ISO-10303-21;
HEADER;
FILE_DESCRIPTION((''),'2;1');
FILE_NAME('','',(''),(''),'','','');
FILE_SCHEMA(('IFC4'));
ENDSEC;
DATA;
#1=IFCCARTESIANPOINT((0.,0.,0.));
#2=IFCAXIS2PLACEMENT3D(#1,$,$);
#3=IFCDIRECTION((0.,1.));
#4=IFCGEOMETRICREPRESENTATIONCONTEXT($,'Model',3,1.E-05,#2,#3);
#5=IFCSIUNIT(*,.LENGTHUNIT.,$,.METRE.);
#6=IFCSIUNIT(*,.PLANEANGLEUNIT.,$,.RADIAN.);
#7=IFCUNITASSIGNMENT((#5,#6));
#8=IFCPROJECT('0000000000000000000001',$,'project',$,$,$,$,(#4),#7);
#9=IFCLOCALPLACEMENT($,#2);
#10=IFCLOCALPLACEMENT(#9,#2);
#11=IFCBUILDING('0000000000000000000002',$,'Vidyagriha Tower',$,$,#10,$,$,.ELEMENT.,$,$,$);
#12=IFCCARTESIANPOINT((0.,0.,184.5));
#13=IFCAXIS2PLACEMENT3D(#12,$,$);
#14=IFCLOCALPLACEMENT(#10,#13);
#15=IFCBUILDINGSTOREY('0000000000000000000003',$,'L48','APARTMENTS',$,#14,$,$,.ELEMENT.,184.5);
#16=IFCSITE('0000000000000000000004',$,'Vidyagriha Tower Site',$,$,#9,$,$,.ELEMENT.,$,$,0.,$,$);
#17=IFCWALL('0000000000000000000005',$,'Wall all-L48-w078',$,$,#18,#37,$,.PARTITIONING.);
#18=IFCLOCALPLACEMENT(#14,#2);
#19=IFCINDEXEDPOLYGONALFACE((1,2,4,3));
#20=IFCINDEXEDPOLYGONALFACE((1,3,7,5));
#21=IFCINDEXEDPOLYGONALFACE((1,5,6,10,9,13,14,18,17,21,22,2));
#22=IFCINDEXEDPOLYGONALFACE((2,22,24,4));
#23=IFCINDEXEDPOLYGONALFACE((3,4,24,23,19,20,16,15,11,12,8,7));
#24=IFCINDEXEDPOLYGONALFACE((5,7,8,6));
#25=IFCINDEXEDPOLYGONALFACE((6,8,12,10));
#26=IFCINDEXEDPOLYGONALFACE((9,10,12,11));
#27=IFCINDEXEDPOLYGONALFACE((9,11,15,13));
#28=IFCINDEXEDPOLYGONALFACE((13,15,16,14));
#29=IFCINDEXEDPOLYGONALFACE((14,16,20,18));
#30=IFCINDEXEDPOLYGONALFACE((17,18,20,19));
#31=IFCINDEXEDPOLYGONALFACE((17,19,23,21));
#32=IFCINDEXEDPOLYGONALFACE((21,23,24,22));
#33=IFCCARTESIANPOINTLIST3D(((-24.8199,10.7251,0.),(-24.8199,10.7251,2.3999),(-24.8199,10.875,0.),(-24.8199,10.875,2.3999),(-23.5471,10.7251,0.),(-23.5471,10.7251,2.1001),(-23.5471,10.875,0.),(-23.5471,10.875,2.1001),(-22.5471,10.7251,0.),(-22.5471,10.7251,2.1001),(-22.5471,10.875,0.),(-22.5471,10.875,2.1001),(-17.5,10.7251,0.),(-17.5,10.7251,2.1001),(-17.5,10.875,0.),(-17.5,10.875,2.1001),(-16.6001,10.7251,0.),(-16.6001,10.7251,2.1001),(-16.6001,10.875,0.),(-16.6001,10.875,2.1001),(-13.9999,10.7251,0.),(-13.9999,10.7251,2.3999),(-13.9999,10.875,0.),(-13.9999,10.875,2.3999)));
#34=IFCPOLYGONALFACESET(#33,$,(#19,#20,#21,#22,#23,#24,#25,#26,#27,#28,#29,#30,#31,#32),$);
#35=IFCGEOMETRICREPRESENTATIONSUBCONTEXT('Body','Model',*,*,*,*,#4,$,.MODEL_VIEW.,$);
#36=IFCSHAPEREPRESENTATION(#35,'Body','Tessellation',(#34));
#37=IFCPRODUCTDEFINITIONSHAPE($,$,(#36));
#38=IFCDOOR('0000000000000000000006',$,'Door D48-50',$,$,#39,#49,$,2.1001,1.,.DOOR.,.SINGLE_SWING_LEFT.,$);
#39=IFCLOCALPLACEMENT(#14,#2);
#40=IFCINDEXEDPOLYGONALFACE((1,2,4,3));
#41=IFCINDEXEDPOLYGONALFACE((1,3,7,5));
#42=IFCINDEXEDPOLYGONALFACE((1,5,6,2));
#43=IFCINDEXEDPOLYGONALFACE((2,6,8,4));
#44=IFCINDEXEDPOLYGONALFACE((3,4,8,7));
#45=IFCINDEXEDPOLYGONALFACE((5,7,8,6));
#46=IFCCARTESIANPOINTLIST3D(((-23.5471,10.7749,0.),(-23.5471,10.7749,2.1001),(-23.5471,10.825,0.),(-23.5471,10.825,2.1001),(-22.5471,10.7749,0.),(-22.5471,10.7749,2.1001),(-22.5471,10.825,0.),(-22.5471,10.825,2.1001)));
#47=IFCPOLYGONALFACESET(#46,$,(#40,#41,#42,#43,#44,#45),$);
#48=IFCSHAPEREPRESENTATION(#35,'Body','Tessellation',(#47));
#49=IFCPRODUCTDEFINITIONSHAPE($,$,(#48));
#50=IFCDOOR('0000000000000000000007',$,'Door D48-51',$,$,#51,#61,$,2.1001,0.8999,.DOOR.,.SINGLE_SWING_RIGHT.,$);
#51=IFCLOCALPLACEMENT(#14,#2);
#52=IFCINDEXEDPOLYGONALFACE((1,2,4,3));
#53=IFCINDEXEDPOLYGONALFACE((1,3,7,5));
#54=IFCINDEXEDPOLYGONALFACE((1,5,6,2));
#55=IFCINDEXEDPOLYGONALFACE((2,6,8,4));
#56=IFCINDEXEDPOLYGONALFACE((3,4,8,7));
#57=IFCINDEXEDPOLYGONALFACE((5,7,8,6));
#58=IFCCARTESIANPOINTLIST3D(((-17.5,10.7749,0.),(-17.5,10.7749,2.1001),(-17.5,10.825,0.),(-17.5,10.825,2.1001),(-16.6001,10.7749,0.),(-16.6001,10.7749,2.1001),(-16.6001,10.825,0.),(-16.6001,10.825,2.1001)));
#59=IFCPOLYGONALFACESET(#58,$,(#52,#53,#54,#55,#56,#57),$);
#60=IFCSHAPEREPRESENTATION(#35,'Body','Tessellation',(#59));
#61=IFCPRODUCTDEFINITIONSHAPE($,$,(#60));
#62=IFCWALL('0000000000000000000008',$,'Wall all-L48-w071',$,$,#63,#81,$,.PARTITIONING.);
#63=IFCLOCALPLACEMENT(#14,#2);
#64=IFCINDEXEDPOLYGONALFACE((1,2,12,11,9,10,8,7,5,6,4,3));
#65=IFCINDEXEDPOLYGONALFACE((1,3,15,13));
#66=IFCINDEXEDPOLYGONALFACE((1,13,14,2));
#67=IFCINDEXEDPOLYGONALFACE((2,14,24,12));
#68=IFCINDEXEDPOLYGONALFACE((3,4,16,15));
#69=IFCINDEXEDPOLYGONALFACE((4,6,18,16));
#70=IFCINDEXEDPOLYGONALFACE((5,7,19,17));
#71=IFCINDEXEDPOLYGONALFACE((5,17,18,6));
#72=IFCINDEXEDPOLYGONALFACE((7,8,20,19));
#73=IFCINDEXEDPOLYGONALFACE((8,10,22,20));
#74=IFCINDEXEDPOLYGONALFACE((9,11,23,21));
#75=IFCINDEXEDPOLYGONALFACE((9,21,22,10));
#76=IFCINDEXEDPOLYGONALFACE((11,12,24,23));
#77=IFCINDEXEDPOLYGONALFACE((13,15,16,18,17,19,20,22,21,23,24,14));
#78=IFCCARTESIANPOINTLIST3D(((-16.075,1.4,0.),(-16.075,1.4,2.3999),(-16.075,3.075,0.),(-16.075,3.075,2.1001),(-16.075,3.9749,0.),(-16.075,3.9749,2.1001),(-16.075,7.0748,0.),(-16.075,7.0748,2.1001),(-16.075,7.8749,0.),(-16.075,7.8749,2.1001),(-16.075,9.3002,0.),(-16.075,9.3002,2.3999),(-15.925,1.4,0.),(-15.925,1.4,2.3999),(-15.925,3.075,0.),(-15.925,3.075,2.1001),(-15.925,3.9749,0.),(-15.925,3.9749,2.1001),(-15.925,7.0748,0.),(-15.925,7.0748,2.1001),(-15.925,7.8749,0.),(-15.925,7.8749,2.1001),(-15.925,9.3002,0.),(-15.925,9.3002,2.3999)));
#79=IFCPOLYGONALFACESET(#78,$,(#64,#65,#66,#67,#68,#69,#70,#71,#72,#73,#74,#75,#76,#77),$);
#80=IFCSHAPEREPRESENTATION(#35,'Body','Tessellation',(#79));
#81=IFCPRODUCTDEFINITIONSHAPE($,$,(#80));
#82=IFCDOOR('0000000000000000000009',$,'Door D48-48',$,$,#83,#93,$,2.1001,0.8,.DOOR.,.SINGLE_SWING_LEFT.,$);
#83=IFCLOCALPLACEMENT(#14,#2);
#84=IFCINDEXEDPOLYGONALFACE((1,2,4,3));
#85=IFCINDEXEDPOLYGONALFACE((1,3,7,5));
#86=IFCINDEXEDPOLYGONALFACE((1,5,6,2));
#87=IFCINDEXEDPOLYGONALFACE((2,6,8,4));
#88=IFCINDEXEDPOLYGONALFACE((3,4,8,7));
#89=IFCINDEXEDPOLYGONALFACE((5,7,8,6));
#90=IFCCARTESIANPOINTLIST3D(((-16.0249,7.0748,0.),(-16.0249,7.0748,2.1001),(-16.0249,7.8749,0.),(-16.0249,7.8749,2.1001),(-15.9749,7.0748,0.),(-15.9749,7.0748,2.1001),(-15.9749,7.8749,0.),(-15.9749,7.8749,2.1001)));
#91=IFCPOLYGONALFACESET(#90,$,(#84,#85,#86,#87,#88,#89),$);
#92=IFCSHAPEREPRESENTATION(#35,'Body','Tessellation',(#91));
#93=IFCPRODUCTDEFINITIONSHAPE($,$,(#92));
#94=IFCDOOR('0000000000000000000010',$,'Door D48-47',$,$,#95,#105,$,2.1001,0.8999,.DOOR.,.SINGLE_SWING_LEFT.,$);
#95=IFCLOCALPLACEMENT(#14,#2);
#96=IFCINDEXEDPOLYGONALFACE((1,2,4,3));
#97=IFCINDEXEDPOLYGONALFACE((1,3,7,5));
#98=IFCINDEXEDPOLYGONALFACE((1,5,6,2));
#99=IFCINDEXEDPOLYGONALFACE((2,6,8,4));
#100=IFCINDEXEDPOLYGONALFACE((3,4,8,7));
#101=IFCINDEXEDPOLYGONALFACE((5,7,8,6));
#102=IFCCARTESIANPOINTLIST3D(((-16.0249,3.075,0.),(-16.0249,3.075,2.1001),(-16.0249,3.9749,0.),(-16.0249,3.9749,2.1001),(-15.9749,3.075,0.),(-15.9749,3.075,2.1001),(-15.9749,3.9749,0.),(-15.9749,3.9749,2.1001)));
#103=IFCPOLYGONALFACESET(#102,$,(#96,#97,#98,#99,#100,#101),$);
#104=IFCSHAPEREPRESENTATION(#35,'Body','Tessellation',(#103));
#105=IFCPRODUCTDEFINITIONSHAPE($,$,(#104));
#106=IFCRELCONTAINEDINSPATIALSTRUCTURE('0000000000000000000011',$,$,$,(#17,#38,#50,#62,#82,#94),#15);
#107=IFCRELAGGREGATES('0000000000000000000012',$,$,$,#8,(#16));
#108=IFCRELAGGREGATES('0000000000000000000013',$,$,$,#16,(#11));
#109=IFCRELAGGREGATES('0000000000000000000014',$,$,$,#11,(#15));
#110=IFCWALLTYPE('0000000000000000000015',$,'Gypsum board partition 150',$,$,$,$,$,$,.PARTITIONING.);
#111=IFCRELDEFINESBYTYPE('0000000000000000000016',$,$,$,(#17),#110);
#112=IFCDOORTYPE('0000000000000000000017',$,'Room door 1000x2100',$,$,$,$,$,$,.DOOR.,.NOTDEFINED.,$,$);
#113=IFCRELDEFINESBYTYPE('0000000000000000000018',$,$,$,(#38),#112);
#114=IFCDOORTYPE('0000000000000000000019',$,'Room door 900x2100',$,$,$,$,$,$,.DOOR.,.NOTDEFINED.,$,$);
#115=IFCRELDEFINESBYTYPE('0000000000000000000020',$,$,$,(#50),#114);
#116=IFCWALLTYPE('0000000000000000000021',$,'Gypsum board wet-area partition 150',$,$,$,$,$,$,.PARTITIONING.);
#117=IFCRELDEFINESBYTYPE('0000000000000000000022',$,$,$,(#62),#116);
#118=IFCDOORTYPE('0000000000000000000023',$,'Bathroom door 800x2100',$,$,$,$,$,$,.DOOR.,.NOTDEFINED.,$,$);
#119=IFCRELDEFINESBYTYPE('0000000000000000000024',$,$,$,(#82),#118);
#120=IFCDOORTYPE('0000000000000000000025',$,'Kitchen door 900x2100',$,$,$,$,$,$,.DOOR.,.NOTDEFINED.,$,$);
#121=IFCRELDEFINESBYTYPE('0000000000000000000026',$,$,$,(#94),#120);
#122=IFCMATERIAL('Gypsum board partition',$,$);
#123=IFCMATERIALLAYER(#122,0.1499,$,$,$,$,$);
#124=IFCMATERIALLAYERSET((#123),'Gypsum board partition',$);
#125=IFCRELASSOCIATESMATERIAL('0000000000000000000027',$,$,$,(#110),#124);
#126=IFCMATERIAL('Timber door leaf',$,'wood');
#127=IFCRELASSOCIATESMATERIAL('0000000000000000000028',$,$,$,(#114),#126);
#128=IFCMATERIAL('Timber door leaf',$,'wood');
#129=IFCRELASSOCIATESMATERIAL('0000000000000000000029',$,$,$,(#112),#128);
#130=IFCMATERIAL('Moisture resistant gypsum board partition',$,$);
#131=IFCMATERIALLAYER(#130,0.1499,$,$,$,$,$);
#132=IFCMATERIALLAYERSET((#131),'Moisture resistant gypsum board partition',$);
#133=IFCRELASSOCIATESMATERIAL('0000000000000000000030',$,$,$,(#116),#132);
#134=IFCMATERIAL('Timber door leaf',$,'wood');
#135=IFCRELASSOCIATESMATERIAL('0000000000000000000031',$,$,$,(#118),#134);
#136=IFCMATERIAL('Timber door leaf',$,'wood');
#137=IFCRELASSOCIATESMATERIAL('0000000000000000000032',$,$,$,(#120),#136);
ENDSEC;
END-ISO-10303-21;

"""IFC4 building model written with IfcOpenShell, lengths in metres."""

from ifc_helpers import new_model, si_unit, direction, frame, frame_2d, origin, place, context, subcontext, project, spatial, rectangle, extrude, material, layer, layer_set, type_object, element, fill, save


model = new_model("IFC4")

# Units and contexts
model_context = context("Model", 3, precision=1e-05, world=origin(), true_north=direction((0.0, 1.0)))
body_context = subcontext(model_context, "Body", "Model", "MODEL_VIEW")
ifc_project = project(units=[si_unit("LENGTHUNIT", "METRE"), si_unit("PLANEANGLEUNIT", "RADIAN")], contexts=[model_context])

# Site, building, storey
site_placement = place(None, origin())
site = spatial("IfcSite", under=ifc_project, at=site_placement, Name="Vidyagriha Tower Site", CompositionType="ELEMENT", RefElevation=0.0)
building_placement = place(site_placement, origin())
building = spatial("IfcBuilding", under=site, at=building_placement, Name="Vidyagriha Tower", CompositionType="ELEMENT")
storey_placement = place(building_placement, frame((0.0, 0.0, 184.5)))
storey = spatial("IfcBuildingStorey", under=building, at=storey_placement, Name="L48", Description="APARTMENTS", CompositionType="ELEMENT", Elevation=184.5)

# Shared definitions
ifc_material_1 = material(Name="Gypsum board partition")
ifc_layer_1 = layer(ifc_material_1, 0.1499)
ifc_layer_set_1 = layer_set([ifc_layer_1], Name="Gypsum board partition")
wall_type_1 = type_object("IfcWallType", Name="Gypsum board partition 150", PredefinedType="PARTITIONING", material=ifc_layer_set_1)

# Shared definitions
ifc_material_2 = material(Name="Timber door leaf", Category="wood")
door_type_1 = type_object("IfcDoorType", Name="Room door 900x2100", OperationType="NOTDEFINED", PredefinedType="DOOR", material=ifc_material_2)

# Walls, openings, doors
wall_1_placement = place(storey_placement, frame((-24.8201, 10.8, 0.0)))
wall_1 = element("IfcWall", 1, at=wall_1_placement, inside=storey, type_object=wall_type_1, Name="Wall all-L48-w078", PredefinedType="PARTITIONING", context=body_context, shape_type="SweptSolid", body=[
    extrude(rectangle(XDim=10.8201, YDim=0.1499, at=frame_2d((5.4102, 0.0))), origin(), (0.0, 0.0, 1.0), 2.3999),
])
opening_1_placement = place(wall_1_placement, frame((1.2729, 0.0, 0.0)))
opening_1 = element("IfcOpeningElement", 2, at=opening_1_placement, cuts=wall_1, PredefinedType="OPENING", context=body_context, shape_type="SweptSolid", body=[
    extrude(rectangle(XDim=1.0, YDim=2.1001, at=frame_2d((0.5, 1.05))), frame((0.0, 0.085, 0.0), z_axis=(0.0, -1.0, 0.0), x_axis=(1.0, 0.0, 0.0)), (0.0, 0.0, 1.0), 0.1699),
])
opening_2_placement = place(wall_1_placement, frame((7.3201, 0.0, 0.0)))
opening_2 = element("IfcOpeningElement", 3, at=opening_2_placement, cuts=wall_1, PredefinedType="OPENING", context=body_context, shape_type="SweptSolid", body=[
    extrude(rectangle(XDim=0.8999, YDim=2.1001, at=frame_2d((0.45, 1.05))), frame((0.0, 0.085, 0.0), z_axis=(0.0, -1.0, 0.0), x_axis=(1.0, 0.0, 0.0)), (0.0, 0.0, 1.0), 0.1699),
])
ifc_material_3 = material(Name="Timber door leaf", Category="wood")
door_type_2 = type_object("IfcDoorType", Name="Room door 1000x2100", OperationType="NOTDEFINED", PredefinedType="DOOR", material=ifc_material_3)
door_1_placement = place(opening_1_placement, origin())
door_1 = element("IfcDoor", 4, at=door_1_placement, inside=storey, type_object=door_type_2, Name="Door D48-50", OperationType="SINGLE_SWING_LEFT", OverallHeight=2.1001, OverallWidth=1.0, PredefinedType="DOOR", context=body_context, shape_type="SweptSolid", body=[
    extrude(rectangle(XDim=1.0, YDim=2.1001, at=frame_2d((0.5, 1.05))), frame((0.0, 0.0249, 0.0), z_axis=(0.0, -1.0, 0.0), x_axis=(1.0, 0.0, 0.0)), (0.0, 0.0, 1.0), 0.05),
])
fill(opening_1, door_1)
door_2_placement = place(opening_2_placement, origin())
door_2 = element("IfcDoor", 5, at=door_2_placement, inside=storey, type_object=door_type_1, Name="Door D48-51", OperationType="SINGLE_SWING_RIGHT", OverallHeight=2.1001, OverallWidth=0.8999, PredefinedType="DOOR", context=body_context, shape_type="SweptSolid", body=[
    extrude(rectangle(XDim=0.8999, YDim=2.1001, at=frame_2d((0.45, 1.05))), frame((0.0, 0.0249, 0.0), z_axis=(0.0, -1.0, 0.0), x_axis=(1.0, 0.0, 0.0)), (0.0, 0.0, 1.0), 0.05),
])
fill(opening_2, door_2)
ifc_material_4 = material(Name="Moisture resistant gypsum board partition")
ifc_layer_2 = layer(ifc_material_4, 0.1499)
ifc_layer_set_2 = layer_set([ifc_layer_2], Name="Moisture resistant gypsum board partition")
wall_type_2 = type_object("IfcWallType", Name="Gypsum board wet-area partition 150", PredefinedType="PARTITIONING", material=ifc_layer_set_2)
wall_2_placement = place(storey_placement, frame((-16.0, 1.3999, 0.0), z_axis=(0.0, 0.0, 1.0), x_axis=(0.0, 1.0, 0.0)))
wall_2 = element("IfcWall", 6, at=wall_2_placement, inside=storey, type_object=wall_type_2, Name="Wall all-L48-w071", PredefinedType="PARTITIONING", context=body_context, shape_type="SweptSolid", body=[
    extrude(rectangle(XDim=7.9001, YDim=0.1499, at=frame_2d((3.9502, 0.0))), origin(), (0.0, 0.0, 1.0), 2.3999),
])
opening_3_placement = place(wall_2_placement, frame((1.675, 0.0, 0.0)))
opening_3 = element("IfcOpeningElement", 7, at=opening_3_placement, cuts=wall_2, PredefinedType="OPENING", context=body_context, shape_type="SweptSolid", body=[
    extrude(rectangle(XDim=0.8999, YDim=2.1001, at=frame_2d((0.45, 1.05))), frame((0.0, 0.085, 0.0), z_axis=(0.0, -1.0, 0.0), x_axis=(1.0, 0.0, 0.0)), (0.0, 0.0, 1.0), 0.1699),
])
opening_4_placement = place(wall_2_placement, frame((5.675, 0.0, 0.0)))
opening_4 = element("IfcOpeningElement", 8, at=opening_4_placement, cuts=wall_2, PredefinedType="OPENING", context=body_context, shape_type="SweptSolid", body=[
    extrude(rectangle(XDim=0.8, YDim=2.1001, at=frame_2d((0.3999, 1.05))), frame((0.0, 0.085, 0.0), z_axis=(0.0, -1.0, 0.0), x_axis=(1.0, 0.0, 0.0)), (0.0, 0.0, 1.0), 0.1699),
])
ifc_material_5 = material(Name="Timber door leaf", Category="wood")
door_type_3 = type_object("IfcDoorType", Name="Bathroom door 800x2100", OperationType="NOTDEFINED", PredefinedType="DOOR", material=ifc_material_5)
door_3_placement = place(opening_4_placement, origin())
door_3 = element("IfcDoor", 9, at=door_3_placement, inside=storey, type_object=door_type_3, Name="Door D48-48", OperationType="SINGLE_SWING_LEFT", OverallHeight=2.1001, OverallWidth=0.8, PredefinedType="DOOR", context=body_context, shape_type="SweptSolid", body=[
    extrude(rectangle(XDim=0.8, YDim=2.1001, at=frame_2d((0.3999, 1.05))), frame((0.0, 0.0249, 0.0), z_axis=(0.0, -1.0, 0.0), x_axis=(1.0, 0.0, 0.0)), (0.0, 0.0, 1.0), 0.05),
])
fill(opening_4, door_3)
ifc_material_6 = material(Name="Timber door leaf", Category="wood")
door_type_4 = type_object("IfcDoorType", Name="Kitchen door 900x2100", OperationType="NOTDEFINED", PredefinedType="DOOR", material=ifc_material_6)
door_4_placement = place(opening_3_placement, origin())
door_4 = element("IfcDoor", 10, at=door_4_placement, inside=storey, type_object=door_type_4, Name="Door D48-47", OperationType="SINGLE_SWING_LEFT", OverallHeight=2.1001, OverallWidth=0.8999, PredefinedType="DOOR", context=body_context, shape_type="SweptSolid", body=[
    extrude(rectangle(XDim=0.8999, YDim=2.1001, at=frame_2d((0.45, 1.05))), frame((0.0, 0.0249, 0.0), z_axis=(0.0, -1.0, 0.0), x_axis=(1.0, 0.0, 0.0)), (0.0, 0.0, 1.0), 0.05),
])
fill(opening_3, door_4)

save(model, "model.ifc")
